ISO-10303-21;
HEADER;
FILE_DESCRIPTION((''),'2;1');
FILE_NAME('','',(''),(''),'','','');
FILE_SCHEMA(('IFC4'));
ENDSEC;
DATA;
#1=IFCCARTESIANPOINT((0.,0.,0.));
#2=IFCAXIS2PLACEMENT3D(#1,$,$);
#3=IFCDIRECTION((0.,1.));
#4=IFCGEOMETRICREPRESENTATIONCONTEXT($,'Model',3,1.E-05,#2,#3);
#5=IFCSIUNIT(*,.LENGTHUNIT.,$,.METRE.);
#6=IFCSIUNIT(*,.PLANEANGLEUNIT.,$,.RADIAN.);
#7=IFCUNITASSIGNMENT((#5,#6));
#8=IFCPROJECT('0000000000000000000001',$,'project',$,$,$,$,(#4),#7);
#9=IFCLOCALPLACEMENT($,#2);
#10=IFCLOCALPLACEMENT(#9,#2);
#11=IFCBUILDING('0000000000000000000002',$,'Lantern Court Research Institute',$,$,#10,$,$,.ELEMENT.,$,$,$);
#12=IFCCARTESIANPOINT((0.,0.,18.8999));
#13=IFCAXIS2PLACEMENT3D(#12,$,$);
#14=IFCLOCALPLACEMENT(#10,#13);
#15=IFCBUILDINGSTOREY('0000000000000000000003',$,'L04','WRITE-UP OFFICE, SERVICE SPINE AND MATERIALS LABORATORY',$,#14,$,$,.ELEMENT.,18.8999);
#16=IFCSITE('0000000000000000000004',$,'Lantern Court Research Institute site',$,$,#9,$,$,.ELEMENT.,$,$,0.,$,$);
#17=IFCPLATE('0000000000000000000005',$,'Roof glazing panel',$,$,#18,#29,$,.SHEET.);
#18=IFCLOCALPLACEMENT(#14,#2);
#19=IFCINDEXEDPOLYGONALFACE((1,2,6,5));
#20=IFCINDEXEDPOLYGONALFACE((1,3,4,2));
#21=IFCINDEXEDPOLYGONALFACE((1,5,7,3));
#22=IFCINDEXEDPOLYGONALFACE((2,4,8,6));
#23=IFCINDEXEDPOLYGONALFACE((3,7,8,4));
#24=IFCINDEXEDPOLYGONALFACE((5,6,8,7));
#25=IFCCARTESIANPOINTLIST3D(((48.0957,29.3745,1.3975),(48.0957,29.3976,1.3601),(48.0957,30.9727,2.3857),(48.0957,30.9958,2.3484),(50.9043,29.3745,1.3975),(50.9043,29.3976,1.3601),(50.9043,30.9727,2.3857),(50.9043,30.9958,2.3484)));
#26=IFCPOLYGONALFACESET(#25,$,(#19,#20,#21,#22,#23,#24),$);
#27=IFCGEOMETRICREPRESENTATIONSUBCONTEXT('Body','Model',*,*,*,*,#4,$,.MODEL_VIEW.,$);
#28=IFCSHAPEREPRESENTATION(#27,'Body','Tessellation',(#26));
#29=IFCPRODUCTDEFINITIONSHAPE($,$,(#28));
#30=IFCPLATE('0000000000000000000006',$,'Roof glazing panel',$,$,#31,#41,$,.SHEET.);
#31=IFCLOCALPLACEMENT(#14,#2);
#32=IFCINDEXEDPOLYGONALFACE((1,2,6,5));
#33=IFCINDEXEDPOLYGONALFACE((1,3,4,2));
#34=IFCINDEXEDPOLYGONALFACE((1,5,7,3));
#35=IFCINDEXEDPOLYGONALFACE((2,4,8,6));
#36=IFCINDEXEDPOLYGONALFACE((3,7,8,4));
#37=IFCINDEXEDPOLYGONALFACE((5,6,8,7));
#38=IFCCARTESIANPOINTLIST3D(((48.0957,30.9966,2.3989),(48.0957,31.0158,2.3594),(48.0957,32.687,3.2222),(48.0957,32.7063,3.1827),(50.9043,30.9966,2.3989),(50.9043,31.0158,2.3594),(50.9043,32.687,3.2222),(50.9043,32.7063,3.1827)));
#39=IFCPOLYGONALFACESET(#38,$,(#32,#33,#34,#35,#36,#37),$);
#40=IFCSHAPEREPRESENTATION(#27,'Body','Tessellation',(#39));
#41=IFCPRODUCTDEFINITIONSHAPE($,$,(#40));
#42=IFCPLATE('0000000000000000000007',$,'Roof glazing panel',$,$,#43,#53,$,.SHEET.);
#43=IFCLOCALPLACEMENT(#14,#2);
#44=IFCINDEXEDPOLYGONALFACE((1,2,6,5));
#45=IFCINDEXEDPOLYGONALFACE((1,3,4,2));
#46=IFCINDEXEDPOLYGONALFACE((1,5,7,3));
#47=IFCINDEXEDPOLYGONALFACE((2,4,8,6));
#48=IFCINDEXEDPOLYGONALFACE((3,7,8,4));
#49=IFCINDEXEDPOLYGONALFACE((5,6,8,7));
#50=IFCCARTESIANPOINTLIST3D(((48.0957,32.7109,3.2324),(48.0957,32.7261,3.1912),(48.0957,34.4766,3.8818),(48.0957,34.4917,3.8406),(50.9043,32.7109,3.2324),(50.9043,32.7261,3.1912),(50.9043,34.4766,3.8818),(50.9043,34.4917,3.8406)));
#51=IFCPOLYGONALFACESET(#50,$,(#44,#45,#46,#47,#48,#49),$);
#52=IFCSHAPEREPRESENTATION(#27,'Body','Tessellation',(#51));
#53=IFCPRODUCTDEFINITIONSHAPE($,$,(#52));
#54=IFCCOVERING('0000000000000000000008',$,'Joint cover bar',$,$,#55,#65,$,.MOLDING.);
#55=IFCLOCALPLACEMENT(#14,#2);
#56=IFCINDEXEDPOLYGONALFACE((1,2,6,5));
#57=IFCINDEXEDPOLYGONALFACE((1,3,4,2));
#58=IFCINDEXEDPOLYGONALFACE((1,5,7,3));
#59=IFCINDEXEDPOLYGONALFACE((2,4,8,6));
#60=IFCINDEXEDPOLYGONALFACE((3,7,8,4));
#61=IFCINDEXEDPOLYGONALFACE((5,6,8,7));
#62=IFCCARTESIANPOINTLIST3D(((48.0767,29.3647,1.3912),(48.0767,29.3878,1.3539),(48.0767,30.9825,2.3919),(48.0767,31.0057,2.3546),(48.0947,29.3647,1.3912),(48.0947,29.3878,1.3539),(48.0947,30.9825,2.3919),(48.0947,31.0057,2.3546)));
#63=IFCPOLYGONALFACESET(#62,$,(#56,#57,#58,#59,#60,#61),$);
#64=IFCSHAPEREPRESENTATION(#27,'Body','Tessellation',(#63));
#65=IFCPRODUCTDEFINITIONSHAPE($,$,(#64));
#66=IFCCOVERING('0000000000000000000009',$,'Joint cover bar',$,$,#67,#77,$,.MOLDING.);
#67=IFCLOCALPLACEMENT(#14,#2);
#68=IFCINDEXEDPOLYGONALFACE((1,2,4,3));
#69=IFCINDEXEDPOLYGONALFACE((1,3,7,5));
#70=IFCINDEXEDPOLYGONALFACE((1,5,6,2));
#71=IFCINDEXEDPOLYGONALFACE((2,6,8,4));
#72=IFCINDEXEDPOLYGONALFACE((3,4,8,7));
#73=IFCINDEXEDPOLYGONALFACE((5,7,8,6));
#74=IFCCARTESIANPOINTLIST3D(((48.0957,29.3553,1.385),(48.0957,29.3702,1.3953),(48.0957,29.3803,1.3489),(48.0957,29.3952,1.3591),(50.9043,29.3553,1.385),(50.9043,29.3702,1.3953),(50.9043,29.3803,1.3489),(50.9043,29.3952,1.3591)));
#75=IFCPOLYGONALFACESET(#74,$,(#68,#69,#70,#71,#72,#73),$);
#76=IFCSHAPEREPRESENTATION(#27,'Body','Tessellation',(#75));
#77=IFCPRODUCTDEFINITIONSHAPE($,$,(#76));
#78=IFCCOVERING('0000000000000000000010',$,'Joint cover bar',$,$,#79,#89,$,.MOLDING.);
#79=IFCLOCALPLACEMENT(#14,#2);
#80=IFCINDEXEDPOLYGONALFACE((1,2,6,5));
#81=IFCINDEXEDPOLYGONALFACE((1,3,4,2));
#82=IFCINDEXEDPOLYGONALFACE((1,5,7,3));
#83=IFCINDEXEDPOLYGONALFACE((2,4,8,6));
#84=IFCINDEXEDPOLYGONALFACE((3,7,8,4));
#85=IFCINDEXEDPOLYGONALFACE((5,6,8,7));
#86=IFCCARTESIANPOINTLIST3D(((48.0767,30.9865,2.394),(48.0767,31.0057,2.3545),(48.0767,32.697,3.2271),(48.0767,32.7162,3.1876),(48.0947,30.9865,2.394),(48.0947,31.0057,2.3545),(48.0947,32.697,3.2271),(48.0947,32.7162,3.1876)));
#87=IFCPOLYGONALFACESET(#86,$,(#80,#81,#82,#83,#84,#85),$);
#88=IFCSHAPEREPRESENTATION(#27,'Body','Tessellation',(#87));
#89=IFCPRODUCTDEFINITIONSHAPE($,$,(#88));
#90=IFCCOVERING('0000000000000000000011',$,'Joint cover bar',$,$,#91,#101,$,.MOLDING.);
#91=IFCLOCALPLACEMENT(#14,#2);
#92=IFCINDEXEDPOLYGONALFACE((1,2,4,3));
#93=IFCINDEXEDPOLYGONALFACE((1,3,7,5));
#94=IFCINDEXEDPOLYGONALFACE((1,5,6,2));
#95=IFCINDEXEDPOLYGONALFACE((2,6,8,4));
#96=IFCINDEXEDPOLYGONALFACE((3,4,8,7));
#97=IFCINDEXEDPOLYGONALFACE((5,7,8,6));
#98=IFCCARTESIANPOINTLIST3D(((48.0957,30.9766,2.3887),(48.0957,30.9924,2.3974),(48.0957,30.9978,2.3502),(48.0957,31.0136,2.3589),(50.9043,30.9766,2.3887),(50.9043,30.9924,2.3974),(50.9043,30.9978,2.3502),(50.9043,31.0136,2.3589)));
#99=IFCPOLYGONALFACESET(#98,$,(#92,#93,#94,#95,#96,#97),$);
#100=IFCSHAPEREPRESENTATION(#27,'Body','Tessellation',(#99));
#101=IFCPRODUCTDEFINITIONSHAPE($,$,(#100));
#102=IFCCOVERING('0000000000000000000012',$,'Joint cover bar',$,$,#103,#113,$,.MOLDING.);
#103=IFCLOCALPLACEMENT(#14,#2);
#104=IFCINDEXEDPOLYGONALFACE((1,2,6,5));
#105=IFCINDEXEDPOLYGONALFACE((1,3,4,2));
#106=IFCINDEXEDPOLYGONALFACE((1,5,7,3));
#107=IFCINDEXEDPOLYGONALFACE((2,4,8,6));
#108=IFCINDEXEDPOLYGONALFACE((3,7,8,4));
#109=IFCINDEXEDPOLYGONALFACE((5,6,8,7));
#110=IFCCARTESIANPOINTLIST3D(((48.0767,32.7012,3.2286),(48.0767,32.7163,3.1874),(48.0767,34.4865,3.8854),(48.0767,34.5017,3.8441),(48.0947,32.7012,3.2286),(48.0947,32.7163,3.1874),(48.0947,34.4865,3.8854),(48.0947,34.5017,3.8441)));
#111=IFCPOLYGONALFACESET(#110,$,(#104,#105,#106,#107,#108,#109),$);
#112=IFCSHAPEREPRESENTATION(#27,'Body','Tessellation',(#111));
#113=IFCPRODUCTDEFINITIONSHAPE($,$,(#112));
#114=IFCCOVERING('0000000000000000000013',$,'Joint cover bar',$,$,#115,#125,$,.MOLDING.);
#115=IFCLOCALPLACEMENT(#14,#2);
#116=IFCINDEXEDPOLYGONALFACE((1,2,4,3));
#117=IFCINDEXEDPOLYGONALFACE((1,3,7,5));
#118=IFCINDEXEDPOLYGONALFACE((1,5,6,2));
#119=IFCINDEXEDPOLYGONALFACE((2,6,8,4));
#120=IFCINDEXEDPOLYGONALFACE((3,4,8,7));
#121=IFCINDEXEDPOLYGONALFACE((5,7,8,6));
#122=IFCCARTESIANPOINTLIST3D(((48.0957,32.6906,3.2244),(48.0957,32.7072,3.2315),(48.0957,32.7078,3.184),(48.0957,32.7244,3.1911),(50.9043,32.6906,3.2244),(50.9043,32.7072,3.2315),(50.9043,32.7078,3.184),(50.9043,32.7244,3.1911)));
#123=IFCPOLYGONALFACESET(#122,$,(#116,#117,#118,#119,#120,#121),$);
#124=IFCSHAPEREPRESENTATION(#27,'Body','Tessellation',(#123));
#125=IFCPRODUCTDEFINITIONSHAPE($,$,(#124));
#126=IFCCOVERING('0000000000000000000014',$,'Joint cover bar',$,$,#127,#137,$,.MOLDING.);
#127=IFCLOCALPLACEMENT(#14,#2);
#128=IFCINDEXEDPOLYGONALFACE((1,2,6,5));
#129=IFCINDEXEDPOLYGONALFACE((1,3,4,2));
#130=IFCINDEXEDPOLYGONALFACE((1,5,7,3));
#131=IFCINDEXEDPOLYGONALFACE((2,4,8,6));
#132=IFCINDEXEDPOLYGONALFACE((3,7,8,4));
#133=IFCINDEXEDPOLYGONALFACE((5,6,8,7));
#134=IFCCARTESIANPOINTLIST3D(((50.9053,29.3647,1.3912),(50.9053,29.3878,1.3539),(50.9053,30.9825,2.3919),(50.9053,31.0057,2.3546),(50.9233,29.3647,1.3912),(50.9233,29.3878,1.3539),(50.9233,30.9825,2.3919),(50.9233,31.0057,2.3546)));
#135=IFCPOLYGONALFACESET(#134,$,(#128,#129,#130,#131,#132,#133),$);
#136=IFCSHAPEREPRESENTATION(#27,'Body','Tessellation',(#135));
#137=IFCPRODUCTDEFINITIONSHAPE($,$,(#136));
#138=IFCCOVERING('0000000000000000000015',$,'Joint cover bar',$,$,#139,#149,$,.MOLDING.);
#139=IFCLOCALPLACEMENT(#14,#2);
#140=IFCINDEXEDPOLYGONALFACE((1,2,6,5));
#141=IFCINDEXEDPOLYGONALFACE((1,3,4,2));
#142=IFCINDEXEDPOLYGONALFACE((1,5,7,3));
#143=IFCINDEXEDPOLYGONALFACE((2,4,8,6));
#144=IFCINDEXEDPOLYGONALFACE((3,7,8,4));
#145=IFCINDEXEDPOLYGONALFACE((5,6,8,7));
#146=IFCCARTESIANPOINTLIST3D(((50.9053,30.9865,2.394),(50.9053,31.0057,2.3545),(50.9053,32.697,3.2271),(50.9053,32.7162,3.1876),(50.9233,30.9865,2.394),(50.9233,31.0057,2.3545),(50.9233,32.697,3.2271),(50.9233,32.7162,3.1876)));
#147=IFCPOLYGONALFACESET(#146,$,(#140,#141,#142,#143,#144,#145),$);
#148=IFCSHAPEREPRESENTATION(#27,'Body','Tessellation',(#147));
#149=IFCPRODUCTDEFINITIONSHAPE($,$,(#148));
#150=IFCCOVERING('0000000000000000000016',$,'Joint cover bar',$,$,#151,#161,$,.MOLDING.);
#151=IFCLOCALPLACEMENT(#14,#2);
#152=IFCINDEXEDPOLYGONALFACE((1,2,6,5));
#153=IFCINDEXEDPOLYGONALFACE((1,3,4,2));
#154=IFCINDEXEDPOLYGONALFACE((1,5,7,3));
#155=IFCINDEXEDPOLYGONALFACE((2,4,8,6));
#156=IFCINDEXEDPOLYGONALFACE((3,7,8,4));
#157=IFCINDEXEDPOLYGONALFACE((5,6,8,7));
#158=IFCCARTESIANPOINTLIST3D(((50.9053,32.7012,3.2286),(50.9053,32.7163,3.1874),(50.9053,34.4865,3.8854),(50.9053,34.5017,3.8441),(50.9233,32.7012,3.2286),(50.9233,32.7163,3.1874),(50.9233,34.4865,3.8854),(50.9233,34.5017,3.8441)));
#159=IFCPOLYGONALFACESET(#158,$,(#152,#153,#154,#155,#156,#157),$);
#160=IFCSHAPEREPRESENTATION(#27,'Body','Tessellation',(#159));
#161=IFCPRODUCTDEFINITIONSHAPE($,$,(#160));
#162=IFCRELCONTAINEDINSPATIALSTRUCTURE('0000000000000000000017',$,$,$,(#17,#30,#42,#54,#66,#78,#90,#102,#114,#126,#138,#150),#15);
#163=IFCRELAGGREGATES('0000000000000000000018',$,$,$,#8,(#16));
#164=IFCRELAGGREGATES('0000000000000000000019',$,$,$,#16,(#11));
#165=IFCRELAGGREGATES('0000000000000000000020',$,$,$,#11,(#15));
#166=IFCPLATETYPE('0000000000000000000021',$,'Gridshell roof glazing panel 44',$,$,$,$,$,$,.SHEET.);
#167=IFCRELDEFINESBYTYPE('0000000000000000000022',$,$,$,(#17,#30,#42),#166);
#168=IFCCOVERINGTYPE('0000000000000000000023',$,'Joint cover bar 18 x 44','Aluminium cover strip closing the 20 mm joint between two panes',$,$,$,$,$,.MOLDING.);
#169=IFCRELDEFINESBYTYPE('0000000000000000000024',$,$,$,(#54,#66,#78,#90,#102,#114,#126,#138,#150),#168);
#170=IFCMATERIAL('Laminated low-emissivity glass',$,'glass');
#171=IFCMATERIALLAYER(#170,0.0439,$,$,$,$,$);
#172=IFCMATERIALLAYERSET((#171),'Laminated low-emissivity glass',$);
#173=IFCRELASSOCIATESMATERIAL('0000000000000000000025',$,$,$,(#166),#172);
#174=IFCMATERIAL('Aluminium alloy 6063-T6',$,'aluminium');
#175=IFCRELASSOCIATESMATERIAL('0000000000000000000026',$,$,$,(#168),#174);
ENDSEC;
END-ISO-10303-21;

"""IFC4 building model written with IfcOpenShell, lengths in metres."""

from ifc_helpers import new_model, si_unit, direction, frame, origin, origin_2d, place, context, subcontext, project, spatial, polyline, rectangle, outline, extrude, material, layer, layer_set, material_profile, profile_set, type_object, element, save


model = new_model("IFC4")

# Units and contexts
model_context = context("Model", 3, precision=1e-05, world=origin(), true_north=direction((0.0, 1.0)))
body_context = subcontext(model_context, "Body", "Model", "MODEL_VIEW")
ifc_project = project(units=[si_unit("LENGTHUNIT", "METRE"), si_unit("PLANEANGLEUNIT", "RADIAN")], contexts=[model_context])

# Site, building, storey
site_placement = place(None, origin())
site = spatial("IfcSite", under=ifc_project, at=site_placement, Name="Lantern Court Research Institute site", CompositionType="ELEMENT", RefElevation=0.0)
building_placement = place(site_placement, origin())
building = spatial("IfcBuilding", under=site, at=building_placement, Name="Lantern Court Research Institute", CompositionType="ELEMENT")
storey_placement = place(building_placement, frame((0.0, 0.0, 18.8999)))
storey = spatial("IfcBuildingStorey", under=building, at=storey_placement, Name="L04", Description="WRITE-UP OFFICE, SERVICE SPINE AND MATERIALS LABORATORY", CompositionType="ELEMENT", Elevation=18.8999)

# Plates
ifc_material_1 = material(Name="Laminated low-emissivity glass", Category="glass")
ifc_layer = layer(ifc_material_1, 0.0439)
ifc_layer_set = layer_set([ifc_layer], Name="Laminated low-emissivity glass")
plate_type = type_object("IfcPlateType", Name="Gridshell roof glazing panel 44", PredefinedType="SHEET", material=ifc_layer_set)
plate_1_placement = place(storey_placement, frame((50.9043, 29.3745, 1.3975), z_axis=(0.0, -0.525952, 0.850514), x_axis=(-1.0, 0.0, 0.0)))
element("IfcPlate", 1, at=plate_1_placement, inside=storey, type_object=plate_type, Name="Roof glazing panel", PredefinedType="SHEET", context=body_context, shape_type="SweptSolid", body=[
    extrude(outline(polyline([(0.0, 0.0), (2.8086, 0.0), (2.8086, -1.879), (0.0, -1.879), (0.0, 0.0)])), origin(), (0.0, 0.0, -1.0), 0.0439),
])
plate_2_placement = place(storey_placement, frame((50.9043, 30.9966, 2.3989), z_axis=(0.0, -0.43784, 0.899053), x_axis=(-1.0, 0.0, 0.0)))
element("IfcPlate", 2, at=plate_2_placement, inside=storey, type_object=plate_type, Name="Roof glazing panel", PredefinedType="SHEET", context=body_context, shape_type="SweptSolid", body=[
    extrude(outline(polyline([(0.0, 0.0), (2.8086, 0.0), (2.8086, -1.8802), (0.0, -1.8802), (0.0, 0.0)])), origin(), (0.0, 0.0, -1.0), 0.0439),
])
plate_3_placement = place(storey_placement, frame((50.9043, 32.7109, 3.2324), z_axis=(0.0, -0.3452, 0.938529), x_axis=(-1.0, 0.0, 0.0)))
element("IfcPlate", 3, at=plate_3_placement, inside=storey, type_object=plate_type, Name="Roof glazing panel", PredefinedType="SHEET", context=body_context, shape_type="SweptSolid", body=[
    extrude(outline(polyline([(0.0, 0.0), (2.8086, 0.0), (2.8086, -1.8813), (0.0, -1.8813), (0.0, 0.0)])), origin(), (0.0, 0.0, -1.0), 0.0439),
])

# Coverings
ifc_material_2 = material(Name="Aluminium alloy 6063-T6", Category="aluminium")
ifc_material_profile_1 = material_profile(ifc_material_2, rectangle(XDim=0.0181, YDim=0.0439, at=origin_2d()), Name="Joint cover bar 18 x 44")
ifc_profile_set_1 = profile_set([ifc_material_profile_1], Name="Aluminium alloy 6063-T6")
covering_type = type_object("IfcCoveringType", Name="Joint cover bar 18 x 44", Description="Aluminium cover strip closing the 20 mm joint between two panes", PredefinedType="MOLDING", material=ifc_profile_set_1)
covering_1_placement = place(storey_placement, frame((48.0857, 29.3762, 1.3726), z_axis=(0.0, 0.850462, 0.526036), x_axis=(-1.0, 0.0, 0.0)))
element("IfcCovering", 4, at=covering_1_placement, inside=storey, type_object=covering_type, Name="Joint cover bar", PredefinedType="MOLDING", context=body_context, shape_type="SweptSolid", body=[
    extrude(rectangle(XDim=0.0181, YDim=0.0439, at=origin_2d()), origin(), (0.0, 0.0, 1.0), 1.9023),
])
covering_2_placement = place(storey_placement, frame((48.0957, 29.3752, 1.3721), z_axis=(1.0, 0.0, 0.0), x_axis=(0.0, 0.822954, 0.568108)))
element("IfcCovering", 5, at=covering_2_placement, inside=storey, type_object=covering_type, Name="Joint cover bar", PredefinedType="MOLDING", context=body_context, shape_type="SweptSolid", body=[
    extrude(rectangle(XDim=0.0181, YDim=0.0439, at=origin_2d()), origin(), (0.0, 0.0, 1.0), 2.8086),
])
covering_3_placement = place(storey_placement, frame((48.0857, 30.9961, 2.3743), z_axis=(0.0, 0.899049, 0.437847), x_axis=(-1.0, 0.0, 0.0)))
element("IfcCovering", 6, at=covering_3_placement, inside=storey, type_object=covering_type, Name="Joint cover bar", PredefinedType="MOLDING", context=body_context, shape_type="SweptSolid", body=[
    extrude(rectangle(XDim=0.0181, YDim=0.0439, at=origin_2d()), origin(), (0.0, 0.0, 1.0), 1.9026),
])
covering_4_placement = place(storey_placement, frame((48.0957, 30.9951, 2.3738), z_axis=(1.0, 0.0, 0.0), x_axis=(0.0, 0.875897, 0.482497)))
element("IfcCovering", 7, at=covering_4_placement, inside=storey, type_object=covering_type, Name="Joint cover bar", PredefinedType="MOLDING", context=body_context, shape_type="SweptSolid", body=[
    extrude(rectangle(XDim=0.0181, YDim=0.0439, at=origin_2d()), origin(), (0.0, 0.0, 1.0), 2.8086),
])
covering_5_placement = place(storey_placement, frame((48.0857, 32.7087, 3.208), z_axis=(0.0, 0.93852, 0.345224), x_axis=(-1.0, 0.0, 0.0)))
element("IfcCovering", 8, at=covering_5_placement, inside=storey, type_object=covering_type, Name="Joint cover bar", PredefinedType="MOLDING", context=body_context, shape_type="SweptSolid", body=[
    extrude(rectangle(XDim=0.0181, YDim=0.0439, at=origin_2d()), origin(), (0.0, 0.0, 1.0), 1.9023),
])
covering_6_placement = place(storey_placement, frame((48.0957, 32.7075, 3.2078), z_axis=(1.0, 0.0, 0.0), x_axis=(0.0, 0.919966, 0.391999)))
element("IfcCovering", 9, at=covering_6_placement, inside=storey, type_object=covering_type, Name="Joint cover bar", PredefinedType="MOLDING", context=body_context, shape_type="SweptSolid", body=[
    extrude(rectangle(XDim=0.0181, YDim=0.0439, at=origin_2d()), origin(), (0.0, 0.0, 1.0), 2.8086),
])
covering_7_placement = place(storey_placement, frame((50.9143, 29.3762, 1.3726), z_axis=(0.0, 0.850462, 0.526036), x_axis=(-1.0, 0.0, 0.0)))
element("IfcCovering", 10, at=covering_7_placement, inside=storey, type_object=covering_type, Name="Joint cover bar", PredefinedType="MOLDING", context=body_context, shape_type="SweptSolid", body=[
    extrude(rectangle(XDim=0.0181, YDim=0.0439, at=origin_2d()), origin(), (0.0, 0.0, 1.0), 1.9023),
])
covering_8_placement = place(storey_placement, frame((50.9143, 30.9961, 2.3743), z_axis=(0.0, 0.899049, 0.437847), x_axis=(-1.0, 0.0, 0.0)))
element("IfcCovering", 11, at=covering_8_placement, inside=storey, type_object=covering_type, Name="Joint cover bar", PredefinedType="MOLDING", context=body_context, shape_type="SweptSolid", body=[
    extrude(rectangle(XDim=0.0181, YDim=0.0439, at=origin_2d()), origin(), (0.0, 0.0, 1.0), 1.9026),
])
covering_9_placement = place(storey_placement, frame((50.9143, 32.7087, 3.208), z_axis=(0.0, 0.93852, 0.345224), x_axis=(-1.0, 0.0, 0.0)))
element("IfcCovering", 12, at=covering_9_placement, inside=storey, type_object=covering_type, Name="Joint cover bar", PredefinedType="MOLDING", context=body_context, shape_type="SweptSolid", body=[
    extrude(rectangle(XDim=0.0181, YDim=0.0439, at=origin_2d()), origin(), (0.0, 0.0, 1.0), 1.9023),
])

save(model, "model.ifc")
